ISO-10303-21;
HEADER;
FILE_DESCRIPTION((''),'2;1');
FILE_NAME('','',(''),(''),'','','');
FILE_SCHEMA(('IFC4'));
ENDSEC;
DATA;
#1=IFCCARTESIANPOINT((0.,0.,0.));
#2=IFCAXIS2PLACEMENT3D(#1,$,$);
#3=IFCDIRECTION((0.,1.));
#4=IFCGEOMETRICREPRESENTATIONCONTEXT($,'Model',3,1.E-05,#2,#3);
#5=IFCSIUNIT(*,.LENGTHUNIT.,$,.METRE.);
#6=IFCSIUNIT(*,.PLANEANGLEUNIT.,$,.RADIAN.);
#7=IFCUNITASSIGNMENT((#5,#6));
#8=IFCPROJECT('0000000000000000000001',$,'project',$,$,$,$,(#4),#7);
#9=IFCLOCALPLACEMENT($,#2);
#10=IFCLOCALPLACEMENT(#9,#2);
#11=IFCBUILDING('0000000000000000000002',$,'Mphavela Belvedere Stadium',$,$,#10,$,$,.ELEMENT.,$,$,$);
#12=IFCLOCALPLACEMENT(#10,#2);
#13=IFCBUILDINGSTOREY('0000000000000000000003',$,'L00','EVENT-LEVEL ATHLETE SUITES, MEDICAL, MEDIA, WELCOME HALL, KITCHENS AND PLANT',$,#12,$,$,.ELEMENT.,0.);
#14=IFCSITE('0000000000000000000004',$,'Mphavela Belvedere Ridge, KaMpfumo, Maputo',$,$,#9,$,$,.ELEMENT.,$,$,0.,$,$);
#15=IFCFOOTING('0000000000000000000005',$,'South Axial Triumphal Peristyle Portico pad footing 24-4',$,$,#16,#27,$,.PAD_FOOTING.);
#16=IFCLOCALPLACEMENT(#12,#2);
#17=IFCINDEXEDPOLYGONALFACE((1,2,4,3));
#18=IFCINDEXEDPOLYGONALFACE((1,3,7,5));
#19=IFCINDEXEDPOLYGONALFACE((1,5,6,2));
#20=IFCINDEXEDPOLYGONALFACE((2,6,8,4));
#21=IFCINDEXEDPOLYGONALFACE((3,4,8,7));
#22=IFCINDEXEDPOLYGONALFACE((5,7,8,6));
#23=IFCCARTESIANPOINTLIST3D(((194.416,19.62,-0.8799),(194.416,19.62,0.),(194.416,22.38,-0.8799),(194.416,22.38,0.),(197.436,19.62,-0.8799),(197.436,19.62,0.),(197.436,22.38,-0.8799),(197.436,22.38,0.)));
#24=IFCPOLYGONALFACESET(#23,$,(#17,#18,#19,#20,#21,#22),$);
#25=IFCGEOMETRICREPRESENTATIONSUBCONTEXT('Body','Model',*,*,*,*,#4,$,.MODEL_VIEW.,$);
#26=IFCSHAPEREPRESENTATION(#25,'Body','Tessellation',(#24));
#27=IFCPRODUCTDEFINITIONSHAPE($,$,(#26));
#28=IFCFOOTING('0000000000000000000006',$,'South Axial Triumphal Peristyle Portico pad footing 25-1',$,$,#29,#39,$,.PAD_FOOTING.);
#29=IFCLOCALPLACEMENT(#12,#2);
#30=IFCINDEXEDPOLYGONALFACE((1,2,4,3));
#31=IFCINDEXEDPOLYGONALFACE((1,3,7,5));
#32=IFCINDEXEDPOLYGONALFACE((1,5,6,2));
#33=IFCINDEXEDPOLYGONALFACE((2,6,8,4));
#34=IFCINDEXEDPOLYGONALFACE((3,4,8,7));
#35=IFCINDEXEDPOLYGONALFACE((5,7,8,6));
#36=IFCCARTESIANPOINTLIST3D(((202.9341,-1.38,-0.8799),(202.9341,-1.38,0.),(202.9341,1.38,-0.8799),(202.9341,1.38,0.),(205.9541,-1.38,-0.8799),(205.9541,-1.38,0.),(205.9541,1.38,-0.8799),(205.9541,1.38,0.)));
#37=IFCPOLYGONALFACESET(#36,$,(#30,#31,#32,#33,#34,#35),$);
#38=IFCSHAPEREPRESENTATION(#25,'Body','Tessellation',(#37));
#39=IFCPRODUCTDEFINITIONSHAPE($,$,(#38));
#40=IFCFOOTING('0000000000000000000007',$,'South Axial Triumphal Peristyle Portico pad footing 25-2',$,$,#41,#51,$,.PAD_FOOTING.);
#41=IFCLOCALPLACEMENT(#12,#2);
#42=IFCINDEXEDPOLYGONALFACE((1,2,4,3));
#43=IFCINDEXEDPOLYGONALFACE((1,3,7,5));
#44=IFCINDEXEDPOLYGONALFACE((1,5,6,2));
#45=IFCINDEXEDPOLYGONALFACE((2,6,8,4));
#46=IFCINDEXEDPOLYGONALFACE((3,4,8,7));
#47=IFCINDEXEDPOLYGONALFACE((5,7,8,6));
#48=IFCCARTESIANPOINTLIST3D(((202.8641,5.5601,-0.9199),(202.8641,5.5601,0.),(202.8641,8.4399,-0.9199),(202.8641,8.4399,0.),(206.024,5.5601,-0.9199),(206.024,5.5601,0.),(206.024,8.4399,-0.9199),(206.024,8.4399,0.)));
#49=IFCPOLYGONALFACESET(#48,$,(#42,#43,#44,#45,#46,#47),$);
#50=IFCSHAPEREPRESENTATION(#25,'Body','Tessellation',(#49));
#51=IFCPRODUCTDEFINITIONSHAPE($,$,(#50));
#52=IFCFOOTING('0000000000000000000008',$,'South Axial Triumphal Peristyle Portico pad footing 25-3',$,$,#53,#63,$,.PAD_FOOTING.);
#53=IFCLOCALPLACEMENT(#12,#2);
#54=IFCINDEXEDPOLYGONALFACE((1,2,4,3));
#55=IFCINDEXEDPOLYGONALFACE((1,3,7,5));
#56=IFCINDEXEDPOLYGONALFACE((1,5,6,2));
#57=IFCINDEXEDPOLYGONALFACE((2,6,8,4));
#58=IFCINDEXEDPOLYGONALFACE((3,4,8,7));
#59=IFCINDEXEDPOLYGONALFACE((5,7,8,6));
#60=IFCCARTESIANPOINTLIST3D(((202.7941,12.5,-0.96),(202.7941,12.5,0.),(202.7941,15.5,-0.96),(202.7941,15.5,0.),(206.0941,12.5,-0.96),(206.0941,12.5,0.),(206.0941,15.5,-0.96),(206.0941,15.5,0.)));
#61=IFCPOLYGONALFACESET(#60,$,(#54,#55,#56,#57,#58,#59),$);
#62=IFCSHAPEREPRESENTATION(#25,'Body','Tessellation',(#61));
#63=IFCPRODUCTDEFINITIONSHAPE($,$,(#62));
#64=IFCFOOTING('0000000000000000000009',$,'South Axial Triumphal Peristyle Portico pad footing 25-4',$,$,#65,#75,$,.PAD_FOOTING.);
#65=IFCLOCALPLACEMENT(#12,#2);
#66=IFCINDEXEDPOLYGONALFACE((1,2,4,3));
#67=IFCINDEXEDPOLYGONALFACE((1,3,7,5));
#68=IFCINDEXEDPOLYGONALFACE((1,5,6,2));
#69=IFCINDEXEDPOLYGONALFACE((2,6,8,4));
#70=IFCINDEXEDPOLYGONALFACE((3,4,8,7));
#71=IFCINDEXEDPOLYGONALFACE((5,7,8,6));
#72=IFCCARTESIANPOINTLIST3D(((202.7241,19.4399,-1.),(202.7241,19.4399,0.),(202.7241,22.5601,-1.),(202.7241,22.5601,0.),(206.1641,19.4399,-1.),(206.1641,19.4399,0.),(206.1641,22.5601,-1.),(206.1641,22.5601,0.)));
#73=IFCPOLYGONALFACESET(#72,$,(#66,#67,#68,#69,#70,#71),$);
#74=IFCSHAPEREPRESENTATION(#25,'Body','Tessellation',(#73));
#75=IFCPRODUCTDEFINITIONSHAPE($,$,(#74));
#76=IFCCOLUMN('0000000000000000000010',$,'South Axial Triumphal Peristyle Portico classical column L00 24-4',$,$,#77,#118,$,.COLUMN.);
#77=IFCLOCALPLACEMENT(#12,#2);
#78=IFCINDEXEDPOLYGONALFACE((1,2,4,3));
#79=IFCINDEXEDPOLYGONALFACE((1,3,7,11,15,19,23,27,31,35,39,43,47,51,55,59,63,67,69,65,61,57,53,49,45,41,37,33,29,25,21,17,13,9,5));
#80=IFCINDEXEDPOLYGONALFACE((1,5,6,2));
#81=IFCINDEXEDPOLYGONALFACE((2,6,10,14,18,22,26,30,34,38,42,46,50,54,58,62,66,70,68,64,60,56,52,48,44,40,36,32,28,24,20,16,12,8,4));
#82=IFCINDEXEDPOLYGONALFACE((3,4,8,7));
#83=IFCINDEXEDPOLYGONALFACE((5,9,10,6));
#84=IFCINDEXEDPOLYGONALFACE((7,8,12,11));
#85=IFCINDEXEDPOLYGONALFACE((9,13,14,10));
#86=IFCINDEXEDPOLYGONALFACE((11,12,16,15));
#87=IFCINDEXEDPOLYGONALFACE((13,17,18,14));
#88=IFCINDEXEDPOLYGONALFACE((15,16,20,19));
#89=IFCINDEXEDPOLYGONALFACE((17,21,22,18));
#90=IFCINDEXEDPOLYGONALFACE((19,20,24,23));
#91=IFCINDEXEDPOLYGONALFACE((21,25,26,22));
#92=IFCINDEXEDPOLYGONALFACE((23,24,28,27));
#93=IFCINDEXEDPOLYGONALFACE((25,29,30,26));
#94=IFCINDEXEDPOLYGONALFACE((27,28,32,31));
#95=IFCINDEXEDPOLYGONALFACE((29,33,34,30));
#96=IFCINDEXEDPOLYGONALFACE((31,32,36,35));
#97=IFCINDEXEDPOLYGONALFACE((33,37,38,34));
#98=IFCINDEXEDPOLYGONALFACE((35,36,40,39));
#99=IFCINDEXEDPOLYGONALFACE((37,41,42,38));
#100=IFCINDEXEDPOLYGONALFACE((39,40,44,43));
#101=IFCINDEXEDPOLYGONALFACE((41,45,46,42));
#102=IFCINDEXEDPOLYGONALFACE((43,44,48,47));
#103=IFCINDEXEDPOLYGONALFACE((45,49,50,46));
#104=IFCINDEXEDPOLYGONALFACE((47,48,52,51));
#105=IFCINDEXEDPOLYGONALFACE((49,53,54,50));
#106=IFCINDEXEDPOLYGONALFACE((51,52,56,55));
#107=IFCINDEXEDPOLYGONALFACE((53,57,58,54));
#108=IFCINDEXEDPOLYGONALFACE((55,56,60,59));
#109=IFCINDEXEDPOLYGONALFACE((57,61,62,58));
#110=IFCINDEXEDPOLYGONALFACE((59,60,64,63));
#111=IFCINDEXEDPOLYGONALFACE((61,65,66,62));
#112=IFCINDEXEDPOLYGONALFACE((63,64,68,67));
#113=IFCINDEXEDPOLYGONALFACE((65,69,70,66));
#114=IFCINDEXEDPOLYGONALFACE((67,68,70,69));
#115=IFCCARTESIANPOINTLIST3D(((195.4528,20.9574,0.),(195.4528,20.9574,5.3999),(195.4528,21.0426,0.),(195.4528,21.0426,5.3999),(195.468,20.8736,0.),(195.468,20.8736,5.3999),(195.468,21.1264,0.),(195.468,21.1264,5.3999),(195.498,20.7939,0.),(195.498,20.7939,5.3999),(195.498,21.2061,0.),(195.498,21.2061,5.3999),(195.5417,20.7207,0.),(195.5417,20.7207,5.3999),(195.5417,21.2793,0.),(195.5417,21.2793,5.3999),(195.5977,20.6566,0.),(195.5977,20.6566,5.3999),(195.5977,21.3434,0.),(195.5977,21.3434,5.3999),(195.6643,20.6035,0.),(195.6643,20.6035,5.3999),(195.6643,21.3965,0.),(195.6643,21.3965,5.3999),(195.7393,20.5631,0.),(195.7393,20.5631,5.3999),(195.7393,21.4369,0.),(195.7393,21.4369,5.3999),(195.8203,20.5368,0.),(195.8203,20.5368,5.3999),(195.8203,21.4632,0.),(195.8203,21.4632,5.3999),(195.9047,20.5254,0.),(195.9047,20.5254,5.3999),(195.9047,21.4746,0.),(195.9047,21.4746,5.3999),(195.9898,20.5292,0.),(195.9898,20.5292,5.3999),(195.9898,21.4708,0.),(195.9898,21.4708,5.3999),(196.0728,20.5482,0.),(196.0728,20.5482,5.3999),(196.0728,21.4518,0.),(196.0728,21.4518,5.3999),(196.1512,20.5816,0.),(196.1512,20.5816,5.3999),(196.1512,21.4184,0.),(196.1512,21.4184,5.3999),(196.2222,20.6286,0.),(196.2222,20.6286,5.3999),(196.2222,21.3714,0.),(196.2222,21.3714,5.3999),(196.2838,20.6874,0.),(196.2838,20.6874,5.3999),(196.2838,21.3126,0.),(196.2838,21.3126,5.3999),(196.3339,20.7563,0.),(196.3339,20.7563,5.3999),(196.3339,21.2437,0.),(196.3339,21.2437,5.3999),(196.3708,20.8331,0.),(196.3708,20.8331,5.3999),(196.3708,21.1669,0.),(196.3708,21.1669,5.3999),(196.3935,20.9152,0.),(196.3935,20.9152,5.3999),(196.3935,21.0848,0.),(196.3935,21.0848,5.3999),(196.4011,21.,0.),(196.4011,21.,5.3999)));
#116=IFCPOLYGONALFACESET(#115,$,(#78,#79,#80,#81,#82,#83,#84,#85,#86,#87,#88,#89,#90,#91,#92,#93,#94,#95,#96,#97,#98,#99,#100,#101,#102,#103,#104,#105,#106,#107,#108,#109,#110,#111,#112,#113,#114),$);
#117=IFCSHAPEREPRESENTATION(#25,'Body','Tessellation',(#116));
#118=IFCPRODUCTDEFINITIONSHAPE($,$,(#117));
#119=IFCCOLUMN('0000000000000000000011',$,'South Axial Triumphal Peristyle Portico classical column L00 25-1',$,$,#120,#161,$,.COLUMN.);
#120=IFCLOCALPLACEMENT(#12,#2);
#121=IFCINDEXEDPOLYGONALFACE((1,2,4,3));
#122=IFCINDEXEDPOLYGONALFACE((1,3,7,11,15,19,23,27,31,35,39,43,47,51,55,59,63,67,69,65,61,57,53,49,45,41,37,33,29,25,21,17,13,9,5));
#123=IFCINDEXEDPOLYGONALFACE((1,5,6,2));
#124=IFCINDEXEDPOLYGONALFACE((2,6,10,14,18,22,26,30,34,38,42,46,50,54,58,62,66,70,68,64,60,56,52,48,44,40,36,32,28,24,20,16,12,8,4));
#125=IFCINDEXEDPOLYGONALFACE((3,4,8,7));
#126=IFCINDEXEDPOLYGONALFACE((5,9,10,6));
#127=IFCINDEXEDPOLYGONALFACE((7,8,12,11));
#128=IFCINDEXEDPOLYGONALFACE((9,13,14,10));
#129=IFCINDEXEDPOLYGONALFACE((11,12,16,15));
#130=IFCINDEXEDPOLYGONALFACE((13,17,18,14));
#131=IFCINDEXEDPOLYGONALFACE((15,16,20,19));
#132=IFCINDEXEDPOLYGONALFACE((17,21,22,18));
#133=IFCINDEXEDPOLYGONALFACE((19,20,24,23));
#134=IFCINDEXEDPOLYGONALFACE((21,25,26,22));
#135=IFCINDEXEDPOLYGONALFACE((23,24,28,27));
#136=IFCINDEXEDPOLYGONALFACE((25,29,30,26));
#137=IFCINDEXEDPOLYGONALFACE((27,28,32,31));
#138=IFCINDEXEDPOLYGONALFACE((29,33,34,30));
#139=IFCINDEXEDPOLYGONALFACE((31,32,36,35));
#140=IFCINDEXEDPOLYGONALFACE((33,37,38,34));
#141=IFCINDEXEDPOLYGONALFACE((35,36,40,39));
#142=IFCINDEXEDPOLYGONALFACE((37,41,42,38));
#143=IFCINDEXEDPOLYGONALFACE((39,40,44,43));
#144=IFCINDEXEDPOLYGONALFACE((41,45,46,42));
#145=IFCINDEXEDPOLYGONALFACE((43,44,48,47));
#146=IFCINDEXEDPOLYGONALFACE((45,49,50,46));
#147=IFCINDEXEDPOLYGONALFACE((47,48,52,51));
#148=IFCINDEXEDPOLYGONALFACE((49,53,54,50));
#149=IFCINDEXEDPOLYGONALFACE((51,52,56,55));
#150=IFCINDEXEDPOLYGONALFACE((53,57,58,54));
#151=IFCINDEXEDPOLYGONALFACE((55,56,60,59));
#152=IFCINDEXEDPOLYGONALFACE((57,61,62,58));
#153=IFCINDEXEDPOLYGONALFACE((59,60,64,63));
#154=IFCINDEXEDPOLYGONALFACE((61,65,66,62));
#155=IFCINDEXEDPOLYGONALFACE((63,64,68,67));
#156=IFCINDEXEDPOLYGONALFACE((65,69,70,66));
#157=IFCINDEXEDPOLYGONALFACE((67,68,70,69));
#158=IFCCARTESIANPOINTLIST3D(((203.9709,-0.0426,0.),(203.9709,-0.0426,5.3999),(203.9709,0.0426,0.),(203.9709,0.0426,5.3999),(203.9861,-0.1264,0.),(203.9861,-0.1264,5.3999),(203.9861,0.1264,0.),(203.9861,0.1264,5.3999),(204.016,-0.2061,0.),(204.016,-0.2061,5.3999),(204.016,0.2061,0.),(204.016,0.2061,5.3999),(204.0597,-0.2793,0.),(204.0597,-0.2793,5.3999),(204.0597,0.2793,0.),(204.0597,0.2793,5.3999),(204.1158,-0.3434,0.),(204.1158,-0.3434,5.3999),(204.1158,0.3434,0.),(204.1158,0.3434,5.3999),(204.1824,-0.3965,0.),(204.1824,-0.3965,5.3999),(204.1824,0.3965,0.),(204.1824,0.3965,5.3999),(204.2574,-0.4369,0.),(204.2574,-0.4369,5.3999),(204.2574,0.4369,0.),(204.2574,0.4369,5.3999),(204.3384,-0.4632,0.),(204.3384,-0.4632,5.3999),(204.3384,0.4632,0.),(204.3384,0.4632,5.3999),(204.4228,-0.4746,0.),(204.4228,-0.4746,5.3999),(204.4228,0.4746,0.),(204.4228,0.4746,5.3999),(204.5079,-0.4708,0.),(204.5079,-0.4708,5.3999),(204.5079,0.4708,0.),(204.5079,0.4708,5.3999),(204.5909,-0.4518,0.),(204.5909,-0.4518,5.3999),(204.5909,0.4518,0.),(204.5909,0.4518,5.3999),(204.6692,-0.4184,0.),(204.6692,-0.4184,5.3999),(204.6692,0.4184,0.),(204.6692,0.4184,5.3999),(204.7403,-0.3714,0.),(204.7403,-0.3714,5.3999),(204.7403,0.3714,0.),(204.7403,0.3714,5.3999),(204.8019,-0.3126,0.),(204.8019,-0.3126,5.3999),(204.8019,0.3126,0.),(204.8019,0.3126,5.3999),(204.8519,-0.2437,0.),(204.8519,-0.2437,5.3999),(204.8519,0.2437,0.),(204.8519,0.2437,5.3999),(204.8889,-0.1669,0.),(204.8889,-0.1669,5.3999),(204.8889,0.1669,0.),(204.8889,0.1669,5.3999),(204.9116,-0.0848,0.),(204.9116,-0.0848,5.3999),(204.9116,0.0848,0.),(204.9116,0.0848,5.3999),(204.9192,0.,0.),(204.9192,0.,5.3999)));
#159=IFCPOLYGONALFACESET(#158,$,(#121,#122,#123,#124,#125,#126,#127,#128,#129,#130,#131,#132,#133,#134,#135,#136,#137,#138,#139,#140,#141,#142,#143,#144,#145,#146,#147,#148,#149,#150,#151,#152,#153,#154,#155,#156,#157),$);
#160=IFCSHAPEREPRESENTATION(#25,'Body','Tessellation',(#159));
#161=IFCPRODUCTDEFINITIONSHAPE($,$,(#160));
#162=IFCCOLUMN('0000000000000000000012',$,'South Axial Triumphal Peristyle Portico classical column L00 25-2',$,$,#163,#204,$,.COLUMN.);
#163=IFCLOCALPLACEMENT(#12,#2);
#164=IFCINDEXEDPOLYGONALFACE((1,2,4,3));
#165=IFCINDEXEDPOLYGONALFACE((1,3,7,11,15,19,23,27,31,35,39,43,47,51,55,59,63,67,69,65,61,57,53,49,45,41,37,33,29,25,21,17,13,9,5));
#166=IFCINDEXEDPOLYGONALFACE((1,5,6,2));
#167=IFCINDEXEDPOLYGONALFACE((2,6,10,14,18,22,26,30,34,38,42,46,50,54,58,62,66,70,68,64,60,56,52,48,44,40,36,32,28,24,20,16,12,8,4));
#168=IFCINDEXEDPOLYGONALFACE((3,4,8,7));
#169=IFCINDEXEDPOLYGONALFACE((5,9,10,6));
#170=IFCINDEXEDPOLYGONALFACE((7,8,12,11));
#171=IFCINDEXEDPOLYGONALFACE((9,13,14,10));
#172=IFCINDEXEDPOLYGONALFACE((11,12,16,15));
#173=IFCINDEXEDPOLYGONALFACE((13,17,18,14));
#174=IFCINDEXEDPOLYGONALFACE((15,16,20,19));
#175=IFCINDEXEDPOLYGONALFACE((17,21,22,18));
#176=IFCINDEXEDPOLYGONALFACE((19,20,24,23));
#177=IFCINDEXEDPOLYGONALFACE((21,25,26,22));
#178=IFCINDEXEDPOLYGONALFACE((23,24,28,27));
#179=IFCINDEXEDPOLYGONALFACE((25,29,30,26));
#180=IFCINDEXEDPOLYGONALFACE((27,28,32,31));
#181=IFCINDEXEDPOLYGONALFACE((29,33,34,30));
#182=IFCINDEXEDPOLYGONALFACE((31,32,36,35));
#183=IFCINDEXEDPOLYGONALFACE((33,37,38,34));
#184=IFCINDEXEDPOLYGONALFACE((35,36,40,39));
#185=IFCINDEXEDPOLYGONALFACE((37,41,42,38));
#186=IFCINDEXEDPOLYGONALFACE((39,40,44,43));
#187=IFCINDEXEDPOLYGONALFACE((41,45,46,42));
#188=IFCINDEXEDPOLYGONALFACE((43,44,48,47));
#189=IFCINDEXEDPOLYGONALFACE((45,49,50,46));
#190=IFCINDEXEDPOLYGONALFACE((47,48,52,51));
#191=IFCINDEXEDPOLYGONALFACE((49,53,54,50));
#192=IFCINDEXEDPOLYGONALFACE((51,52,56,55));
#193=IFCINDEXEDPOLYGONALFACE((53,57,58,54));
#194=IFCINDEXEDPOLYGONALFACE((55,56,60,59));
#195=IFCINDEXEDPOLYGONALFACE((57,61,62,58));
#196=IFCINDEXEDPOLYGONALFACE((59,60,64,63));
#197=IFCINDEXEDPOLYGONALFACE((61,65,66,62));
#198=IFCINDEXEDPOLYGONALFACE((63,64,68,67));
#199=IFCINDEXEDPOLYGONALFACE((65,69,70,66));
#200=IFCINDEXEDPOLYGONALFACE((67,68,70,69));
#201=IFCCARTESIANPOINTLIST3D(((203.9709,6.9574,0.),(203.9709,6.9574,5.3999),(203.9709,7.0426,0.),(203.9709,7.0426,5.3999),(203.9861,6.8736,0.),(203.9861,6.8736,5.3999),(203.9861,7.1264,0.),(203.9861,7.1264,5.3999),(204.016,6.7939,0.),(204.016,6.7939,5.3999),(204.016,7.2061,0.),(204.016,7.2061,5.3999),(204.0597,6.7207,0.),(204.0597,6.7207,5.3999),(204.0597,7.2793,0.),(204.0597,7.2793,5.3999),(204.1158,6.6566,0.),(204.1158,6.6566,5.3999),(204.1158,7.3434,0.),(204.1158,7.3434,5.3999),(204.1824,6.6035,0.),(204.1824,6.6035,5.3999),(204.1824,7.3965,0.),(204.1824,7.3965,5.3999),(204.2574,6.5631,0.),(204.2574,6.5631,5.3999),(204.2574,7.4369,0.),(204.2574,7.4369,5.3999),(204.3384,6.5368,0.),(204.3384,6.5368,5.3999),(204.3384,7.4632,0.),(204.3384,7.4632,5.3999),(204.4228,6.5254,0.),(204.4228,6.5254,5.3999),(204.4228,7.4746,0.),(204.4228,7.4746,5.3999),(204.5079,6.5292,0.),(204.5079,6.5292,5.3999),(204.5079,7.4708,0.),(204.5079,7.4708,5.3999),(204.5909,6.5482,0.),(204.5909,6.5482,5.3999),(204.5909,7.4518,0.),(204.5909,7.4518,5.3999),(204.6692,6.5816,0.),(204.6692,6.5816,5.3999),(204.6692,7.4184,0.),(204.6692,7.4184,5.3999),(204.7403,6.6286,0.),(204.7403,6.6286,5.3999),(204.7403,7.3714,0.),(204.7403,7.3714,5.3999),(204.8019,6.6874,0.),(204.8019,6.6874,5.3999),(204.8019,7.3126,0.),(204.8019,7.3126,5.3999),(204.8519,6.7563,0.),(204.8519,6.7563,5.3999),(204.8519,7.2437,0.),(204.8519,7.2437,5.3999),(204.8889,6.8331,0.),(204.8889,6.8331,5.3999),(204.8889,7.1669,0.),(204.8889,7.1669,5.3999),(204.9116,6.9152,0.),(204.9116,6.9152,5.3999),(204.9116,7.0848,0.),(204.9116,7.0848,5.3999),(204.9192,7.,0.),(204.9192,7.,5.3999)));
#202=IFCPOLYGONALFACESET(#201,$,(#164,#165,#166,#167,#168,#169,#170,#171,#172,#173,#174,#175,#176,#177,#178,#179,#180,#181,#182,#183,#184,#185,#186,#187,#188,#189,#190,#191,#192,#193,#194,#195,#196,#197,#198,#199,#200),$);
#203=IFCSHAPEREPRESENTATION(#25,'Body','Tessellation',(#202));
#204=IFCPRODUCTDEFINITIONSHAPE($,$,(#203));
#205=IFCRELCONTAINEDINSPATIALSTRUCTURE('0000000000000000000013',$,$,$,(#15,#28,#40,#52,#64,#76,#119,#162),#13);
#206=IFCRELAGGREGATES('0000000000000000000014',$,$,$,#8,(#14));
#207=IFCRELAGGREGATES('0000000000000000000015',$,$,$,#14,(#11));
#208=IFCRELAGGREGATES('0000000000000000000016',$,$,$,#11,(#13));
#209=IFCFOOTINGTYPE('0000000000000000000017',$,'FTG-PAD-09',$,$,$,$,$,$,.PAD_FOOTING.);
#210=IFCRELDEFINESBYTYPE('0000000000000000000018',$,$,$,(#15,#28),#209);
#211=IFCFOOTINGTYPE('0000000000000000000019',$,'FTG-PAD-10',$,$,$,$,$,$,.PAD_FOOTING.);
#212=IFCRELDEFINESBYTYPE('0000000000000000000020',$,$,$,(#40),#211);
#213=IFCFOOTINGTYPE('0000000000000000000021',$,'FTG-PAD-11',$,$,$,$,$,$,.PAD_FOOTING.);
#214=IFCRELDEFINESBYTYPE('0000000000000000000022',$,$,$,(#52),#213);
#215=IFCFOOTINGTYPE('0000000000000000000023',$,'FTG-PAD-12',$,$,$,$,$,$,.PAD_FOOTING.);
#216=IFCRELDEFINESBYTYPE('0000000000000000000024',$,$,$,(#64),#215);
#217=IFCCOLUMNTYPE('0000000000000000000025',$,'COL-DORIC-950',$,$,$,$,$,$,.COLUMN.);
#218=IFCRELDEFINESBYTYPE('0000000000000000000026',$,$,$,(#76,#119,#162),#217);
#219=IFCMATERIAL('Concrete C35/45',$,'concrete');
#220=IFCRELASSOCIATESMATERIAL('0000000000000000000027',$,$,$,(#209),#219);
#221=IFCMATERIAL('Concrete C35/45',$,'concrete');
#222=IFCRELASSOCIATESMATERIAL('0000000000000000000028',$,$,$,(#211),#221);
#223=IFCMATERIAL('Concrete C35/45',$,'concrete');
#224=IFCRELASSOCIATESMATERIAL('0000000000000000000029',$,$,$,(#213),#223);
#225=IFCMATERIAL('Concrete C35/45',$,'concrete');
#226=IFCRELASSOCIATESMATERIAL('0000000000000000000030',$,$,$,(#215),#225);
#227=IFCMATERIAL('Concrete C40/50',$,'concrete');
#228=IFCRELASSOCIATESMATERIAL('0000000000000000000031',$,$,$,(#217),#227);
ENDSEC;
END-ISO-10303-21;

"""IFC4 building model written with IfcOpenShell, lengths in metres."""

from ifc_helpers import new_model, si_unit, direction, frame, origin, origin_2d, place, context, subcontext, project, spatial, rectangle, circle, extrude, material, material_profile, profile_set, type_object, element, save


model = new_model("IFC4")

# Units and contexts
model_context = context("Model", 3, precision=1e-05, world=origin(), true_north=direction((0.0, 1.0)))
body_context = subcontext(model_context, "Body", "Model", "MODEL_VIEW")
ifc_project = project(units=[si_unit("LENGTHUNIT", "METRE"), si_unit("PLANEANGLEUNIT", "RADIAN")], contexts=[model_context])

# Site, building, storey
site_placement = place(None, origin())
site = spatial("IfcSite", under=ifc_project, at=site_placement, Name="Mphavela Belvedere Ridge, KaMpfumo, Maputo", CompositionType="ELEMENT", RefElevation=0.0)
building_placement = place(site_placement, origin())
building = spatial("IfcBuilding", under=site, at=building_placement, Name="Mphavela Belvedere Stadium", CompositionType="ELEMENT")
storey_placement = place(building_placement, origin())
storey = spatial("IfcBuildingStorey", under=building, at=storey_placement, Name="L00", Description="EVENT-LEVEL ATHLETE SUITES, MEDICAL, MEDIA, WELCOME HALL, KITCHENS AND PLANT", CompositionType="ELEMENT", Elevation=0.0)

# Footings
ifc_material_1 = material(Name="Concrete C35/45", Category="concrete")
footing_type_1 = type_object("IfcFootingType", Name="FTG-PAD-09", PredefinedType="PAD_FOOTING", material=ifc_material_1)
for number, where, z_axis, x_axis, name in (
    (1, (195.926, 21.0, -0.8799), (0.0, 0.0, 1.0), (1.0, 0.0, 0.0), "South Axial Triumphal Peristyle Portico pad footing 24-4"),
    (2, (204.4441, 0.0, -0.8799), (0.0, 0.0, 1.0), (1.0, 0.0, 0.0), "South Axial Triumphal Peristyle Portico pad footing 25-1"),
):
    element("IfcFooting", number, at=place(storey_placement, frame(where, z_axis=z_axis, x_axis=x_axis)), inside=storey, type_object=footing_type_1, Name=name, PredefinedType="PAD_FOOTING", context=body_context, shape_type="SweptSolid", body=[
        extrude(rectangle(XDim=3.02, YDim=2.76, at=origin_2d()), origin(), (0.0, 0.0, 1.0), 0.8799),
    ])
ifc_material_2 = material(Name="Concrete C35/45", Category="concrete")
footing_type_2 = type_object("IfcFootingType", Name="FTG-PAD-10", PredefinedType="PAD_FOOTING", material=ifc_material_2)
footing_1_placement = place(storey_placement, frame((204.4441, 7.0, -0.9199), z_axis=(0.0, 0.0, 1.0), x_axis=(1.0, 0.0, 0.0)))
element("IfcFooting", 3, at=footing_1_placement, inside=storey, type_object=footing_type_2, Name="South Axial Triumphal Peristyle Portico pad footing 25-2", PredefinedType="PAD_FOOTING", context=body_context, shape_type="SweptSolid", body=[
    extrude(rectangle(XDim=3.1599, YDim=2.8799, at=origin_2d()), origin(), (0.0, 0.0, 1.0), 0.9199),
])
ifc_material_3 = material(Name="Concrete C35/45", Category="concrete")
footing_type_3 = type_object("IfcFootingType", Name="FTG-PAD-11", PredefinedType="PAD_FOOTING", material=ifc_material_3)
footing_2_placement = place(storey_placement, frame((204.4441, 14.0, -0.96), z_axis=(0.0, 0.0, 1.0), x_axis=(1.0, 0.0, 0.0)))
element("IfcFooting", 4, at=footing_2_placement, inside=storey, type_object=footing_type_3, Name="South Axial Triumphal Peristyle Portico pad footing 25-3", PredefinedType="PAD_FOOTING", context=body_context, shape_type="SweptSolid", body=[
    extrude(rectangle(XDim=3.3, YDim=3.0, at=origin_2d()), origin(), (0.0, 0.0, 1.0), 0.96),
])
ifc_material_4 = material(Name="Concrete C35/45", Category="concrete")
footing_type_4 = type_object("IfcFootingType", Name="FTG-PAD-12", PredefinedType="PAD_FOOTING", material=ifc_material_4)
footing_3_placement = place(storey_placement, frame((204.4441, 21.0, -1.0), z_axis=(0.0, 0.0, 1.0), x_axis=(1.0, 0.0, 0.0)))
element("IfcFooting", 5, at=footing_3_placement, inside=storey, type_object=footing_type_4, Name="South Axial Triumphal Peristyle Portico pad footing 25-4", PredefinedType="PAD_FOOTING", context=body_context, shape_type="SweptSolid", body=[
    extrude(rectangle(XDim=3.4399, YDim=3.1201, at=origin_2d()), origin(), (0.0, 0.0, 1.0), 1.0),
])

# Columns
ifc_material_5 = material(Name="Concrete C40/50", Category="concrete")
ifc_material_profile_1 = material_profile(ifc_material_5, circle(Radius=0.4751, at=origin_2d()), Name="COL D950")
ifc_profile_set_1 = profile_set([ifc_material_profile_1], Name="Concrete C40/50")
column_type = type_object("IfcColumnType", Name="COL-DORIC-950", PredefinedType="COLUMN", material=ifc_profile_set_1)
for number, where, z_axis, x_axis, name in (
    (6, (195.926, 21.0, 0.0), (0.0, 0.0, 1.0), (1.0, 0.0, 0.0), "South Axial Triumphal Peristyle Portico classical column L00 24-4"),
    (7, (204.4441, 0.0, 0.0), (0.0, 0.0, 1.0), (1.0, 0.0, 0.0), "South Axial Triumphal Peristyle Portico classical column L00 25-1"),
    (8, (204.4441, 7.0, 0.0), (0.0, 0.0, 1.0), (1.0, 0.0, 0.0), "South Axial Triumphal Peristyle Portico classical column L00 25-2"),
):
    element("IfcColumn", number, at=place(storey_placement, frame(where, z_axis=z_axis, x_axis=x_axis)), inside=storey, type_object=column_type, Name=name, PredefinedType="COLUMN", context=body_context, shape_type="SweptSolid", body=[
        extrude(circle(Radius=0.4751, at=origin_2d()), origin(), (0.0, 0.0, 1.0), 5.3999),
    ])

save(model, "model.ifc")
